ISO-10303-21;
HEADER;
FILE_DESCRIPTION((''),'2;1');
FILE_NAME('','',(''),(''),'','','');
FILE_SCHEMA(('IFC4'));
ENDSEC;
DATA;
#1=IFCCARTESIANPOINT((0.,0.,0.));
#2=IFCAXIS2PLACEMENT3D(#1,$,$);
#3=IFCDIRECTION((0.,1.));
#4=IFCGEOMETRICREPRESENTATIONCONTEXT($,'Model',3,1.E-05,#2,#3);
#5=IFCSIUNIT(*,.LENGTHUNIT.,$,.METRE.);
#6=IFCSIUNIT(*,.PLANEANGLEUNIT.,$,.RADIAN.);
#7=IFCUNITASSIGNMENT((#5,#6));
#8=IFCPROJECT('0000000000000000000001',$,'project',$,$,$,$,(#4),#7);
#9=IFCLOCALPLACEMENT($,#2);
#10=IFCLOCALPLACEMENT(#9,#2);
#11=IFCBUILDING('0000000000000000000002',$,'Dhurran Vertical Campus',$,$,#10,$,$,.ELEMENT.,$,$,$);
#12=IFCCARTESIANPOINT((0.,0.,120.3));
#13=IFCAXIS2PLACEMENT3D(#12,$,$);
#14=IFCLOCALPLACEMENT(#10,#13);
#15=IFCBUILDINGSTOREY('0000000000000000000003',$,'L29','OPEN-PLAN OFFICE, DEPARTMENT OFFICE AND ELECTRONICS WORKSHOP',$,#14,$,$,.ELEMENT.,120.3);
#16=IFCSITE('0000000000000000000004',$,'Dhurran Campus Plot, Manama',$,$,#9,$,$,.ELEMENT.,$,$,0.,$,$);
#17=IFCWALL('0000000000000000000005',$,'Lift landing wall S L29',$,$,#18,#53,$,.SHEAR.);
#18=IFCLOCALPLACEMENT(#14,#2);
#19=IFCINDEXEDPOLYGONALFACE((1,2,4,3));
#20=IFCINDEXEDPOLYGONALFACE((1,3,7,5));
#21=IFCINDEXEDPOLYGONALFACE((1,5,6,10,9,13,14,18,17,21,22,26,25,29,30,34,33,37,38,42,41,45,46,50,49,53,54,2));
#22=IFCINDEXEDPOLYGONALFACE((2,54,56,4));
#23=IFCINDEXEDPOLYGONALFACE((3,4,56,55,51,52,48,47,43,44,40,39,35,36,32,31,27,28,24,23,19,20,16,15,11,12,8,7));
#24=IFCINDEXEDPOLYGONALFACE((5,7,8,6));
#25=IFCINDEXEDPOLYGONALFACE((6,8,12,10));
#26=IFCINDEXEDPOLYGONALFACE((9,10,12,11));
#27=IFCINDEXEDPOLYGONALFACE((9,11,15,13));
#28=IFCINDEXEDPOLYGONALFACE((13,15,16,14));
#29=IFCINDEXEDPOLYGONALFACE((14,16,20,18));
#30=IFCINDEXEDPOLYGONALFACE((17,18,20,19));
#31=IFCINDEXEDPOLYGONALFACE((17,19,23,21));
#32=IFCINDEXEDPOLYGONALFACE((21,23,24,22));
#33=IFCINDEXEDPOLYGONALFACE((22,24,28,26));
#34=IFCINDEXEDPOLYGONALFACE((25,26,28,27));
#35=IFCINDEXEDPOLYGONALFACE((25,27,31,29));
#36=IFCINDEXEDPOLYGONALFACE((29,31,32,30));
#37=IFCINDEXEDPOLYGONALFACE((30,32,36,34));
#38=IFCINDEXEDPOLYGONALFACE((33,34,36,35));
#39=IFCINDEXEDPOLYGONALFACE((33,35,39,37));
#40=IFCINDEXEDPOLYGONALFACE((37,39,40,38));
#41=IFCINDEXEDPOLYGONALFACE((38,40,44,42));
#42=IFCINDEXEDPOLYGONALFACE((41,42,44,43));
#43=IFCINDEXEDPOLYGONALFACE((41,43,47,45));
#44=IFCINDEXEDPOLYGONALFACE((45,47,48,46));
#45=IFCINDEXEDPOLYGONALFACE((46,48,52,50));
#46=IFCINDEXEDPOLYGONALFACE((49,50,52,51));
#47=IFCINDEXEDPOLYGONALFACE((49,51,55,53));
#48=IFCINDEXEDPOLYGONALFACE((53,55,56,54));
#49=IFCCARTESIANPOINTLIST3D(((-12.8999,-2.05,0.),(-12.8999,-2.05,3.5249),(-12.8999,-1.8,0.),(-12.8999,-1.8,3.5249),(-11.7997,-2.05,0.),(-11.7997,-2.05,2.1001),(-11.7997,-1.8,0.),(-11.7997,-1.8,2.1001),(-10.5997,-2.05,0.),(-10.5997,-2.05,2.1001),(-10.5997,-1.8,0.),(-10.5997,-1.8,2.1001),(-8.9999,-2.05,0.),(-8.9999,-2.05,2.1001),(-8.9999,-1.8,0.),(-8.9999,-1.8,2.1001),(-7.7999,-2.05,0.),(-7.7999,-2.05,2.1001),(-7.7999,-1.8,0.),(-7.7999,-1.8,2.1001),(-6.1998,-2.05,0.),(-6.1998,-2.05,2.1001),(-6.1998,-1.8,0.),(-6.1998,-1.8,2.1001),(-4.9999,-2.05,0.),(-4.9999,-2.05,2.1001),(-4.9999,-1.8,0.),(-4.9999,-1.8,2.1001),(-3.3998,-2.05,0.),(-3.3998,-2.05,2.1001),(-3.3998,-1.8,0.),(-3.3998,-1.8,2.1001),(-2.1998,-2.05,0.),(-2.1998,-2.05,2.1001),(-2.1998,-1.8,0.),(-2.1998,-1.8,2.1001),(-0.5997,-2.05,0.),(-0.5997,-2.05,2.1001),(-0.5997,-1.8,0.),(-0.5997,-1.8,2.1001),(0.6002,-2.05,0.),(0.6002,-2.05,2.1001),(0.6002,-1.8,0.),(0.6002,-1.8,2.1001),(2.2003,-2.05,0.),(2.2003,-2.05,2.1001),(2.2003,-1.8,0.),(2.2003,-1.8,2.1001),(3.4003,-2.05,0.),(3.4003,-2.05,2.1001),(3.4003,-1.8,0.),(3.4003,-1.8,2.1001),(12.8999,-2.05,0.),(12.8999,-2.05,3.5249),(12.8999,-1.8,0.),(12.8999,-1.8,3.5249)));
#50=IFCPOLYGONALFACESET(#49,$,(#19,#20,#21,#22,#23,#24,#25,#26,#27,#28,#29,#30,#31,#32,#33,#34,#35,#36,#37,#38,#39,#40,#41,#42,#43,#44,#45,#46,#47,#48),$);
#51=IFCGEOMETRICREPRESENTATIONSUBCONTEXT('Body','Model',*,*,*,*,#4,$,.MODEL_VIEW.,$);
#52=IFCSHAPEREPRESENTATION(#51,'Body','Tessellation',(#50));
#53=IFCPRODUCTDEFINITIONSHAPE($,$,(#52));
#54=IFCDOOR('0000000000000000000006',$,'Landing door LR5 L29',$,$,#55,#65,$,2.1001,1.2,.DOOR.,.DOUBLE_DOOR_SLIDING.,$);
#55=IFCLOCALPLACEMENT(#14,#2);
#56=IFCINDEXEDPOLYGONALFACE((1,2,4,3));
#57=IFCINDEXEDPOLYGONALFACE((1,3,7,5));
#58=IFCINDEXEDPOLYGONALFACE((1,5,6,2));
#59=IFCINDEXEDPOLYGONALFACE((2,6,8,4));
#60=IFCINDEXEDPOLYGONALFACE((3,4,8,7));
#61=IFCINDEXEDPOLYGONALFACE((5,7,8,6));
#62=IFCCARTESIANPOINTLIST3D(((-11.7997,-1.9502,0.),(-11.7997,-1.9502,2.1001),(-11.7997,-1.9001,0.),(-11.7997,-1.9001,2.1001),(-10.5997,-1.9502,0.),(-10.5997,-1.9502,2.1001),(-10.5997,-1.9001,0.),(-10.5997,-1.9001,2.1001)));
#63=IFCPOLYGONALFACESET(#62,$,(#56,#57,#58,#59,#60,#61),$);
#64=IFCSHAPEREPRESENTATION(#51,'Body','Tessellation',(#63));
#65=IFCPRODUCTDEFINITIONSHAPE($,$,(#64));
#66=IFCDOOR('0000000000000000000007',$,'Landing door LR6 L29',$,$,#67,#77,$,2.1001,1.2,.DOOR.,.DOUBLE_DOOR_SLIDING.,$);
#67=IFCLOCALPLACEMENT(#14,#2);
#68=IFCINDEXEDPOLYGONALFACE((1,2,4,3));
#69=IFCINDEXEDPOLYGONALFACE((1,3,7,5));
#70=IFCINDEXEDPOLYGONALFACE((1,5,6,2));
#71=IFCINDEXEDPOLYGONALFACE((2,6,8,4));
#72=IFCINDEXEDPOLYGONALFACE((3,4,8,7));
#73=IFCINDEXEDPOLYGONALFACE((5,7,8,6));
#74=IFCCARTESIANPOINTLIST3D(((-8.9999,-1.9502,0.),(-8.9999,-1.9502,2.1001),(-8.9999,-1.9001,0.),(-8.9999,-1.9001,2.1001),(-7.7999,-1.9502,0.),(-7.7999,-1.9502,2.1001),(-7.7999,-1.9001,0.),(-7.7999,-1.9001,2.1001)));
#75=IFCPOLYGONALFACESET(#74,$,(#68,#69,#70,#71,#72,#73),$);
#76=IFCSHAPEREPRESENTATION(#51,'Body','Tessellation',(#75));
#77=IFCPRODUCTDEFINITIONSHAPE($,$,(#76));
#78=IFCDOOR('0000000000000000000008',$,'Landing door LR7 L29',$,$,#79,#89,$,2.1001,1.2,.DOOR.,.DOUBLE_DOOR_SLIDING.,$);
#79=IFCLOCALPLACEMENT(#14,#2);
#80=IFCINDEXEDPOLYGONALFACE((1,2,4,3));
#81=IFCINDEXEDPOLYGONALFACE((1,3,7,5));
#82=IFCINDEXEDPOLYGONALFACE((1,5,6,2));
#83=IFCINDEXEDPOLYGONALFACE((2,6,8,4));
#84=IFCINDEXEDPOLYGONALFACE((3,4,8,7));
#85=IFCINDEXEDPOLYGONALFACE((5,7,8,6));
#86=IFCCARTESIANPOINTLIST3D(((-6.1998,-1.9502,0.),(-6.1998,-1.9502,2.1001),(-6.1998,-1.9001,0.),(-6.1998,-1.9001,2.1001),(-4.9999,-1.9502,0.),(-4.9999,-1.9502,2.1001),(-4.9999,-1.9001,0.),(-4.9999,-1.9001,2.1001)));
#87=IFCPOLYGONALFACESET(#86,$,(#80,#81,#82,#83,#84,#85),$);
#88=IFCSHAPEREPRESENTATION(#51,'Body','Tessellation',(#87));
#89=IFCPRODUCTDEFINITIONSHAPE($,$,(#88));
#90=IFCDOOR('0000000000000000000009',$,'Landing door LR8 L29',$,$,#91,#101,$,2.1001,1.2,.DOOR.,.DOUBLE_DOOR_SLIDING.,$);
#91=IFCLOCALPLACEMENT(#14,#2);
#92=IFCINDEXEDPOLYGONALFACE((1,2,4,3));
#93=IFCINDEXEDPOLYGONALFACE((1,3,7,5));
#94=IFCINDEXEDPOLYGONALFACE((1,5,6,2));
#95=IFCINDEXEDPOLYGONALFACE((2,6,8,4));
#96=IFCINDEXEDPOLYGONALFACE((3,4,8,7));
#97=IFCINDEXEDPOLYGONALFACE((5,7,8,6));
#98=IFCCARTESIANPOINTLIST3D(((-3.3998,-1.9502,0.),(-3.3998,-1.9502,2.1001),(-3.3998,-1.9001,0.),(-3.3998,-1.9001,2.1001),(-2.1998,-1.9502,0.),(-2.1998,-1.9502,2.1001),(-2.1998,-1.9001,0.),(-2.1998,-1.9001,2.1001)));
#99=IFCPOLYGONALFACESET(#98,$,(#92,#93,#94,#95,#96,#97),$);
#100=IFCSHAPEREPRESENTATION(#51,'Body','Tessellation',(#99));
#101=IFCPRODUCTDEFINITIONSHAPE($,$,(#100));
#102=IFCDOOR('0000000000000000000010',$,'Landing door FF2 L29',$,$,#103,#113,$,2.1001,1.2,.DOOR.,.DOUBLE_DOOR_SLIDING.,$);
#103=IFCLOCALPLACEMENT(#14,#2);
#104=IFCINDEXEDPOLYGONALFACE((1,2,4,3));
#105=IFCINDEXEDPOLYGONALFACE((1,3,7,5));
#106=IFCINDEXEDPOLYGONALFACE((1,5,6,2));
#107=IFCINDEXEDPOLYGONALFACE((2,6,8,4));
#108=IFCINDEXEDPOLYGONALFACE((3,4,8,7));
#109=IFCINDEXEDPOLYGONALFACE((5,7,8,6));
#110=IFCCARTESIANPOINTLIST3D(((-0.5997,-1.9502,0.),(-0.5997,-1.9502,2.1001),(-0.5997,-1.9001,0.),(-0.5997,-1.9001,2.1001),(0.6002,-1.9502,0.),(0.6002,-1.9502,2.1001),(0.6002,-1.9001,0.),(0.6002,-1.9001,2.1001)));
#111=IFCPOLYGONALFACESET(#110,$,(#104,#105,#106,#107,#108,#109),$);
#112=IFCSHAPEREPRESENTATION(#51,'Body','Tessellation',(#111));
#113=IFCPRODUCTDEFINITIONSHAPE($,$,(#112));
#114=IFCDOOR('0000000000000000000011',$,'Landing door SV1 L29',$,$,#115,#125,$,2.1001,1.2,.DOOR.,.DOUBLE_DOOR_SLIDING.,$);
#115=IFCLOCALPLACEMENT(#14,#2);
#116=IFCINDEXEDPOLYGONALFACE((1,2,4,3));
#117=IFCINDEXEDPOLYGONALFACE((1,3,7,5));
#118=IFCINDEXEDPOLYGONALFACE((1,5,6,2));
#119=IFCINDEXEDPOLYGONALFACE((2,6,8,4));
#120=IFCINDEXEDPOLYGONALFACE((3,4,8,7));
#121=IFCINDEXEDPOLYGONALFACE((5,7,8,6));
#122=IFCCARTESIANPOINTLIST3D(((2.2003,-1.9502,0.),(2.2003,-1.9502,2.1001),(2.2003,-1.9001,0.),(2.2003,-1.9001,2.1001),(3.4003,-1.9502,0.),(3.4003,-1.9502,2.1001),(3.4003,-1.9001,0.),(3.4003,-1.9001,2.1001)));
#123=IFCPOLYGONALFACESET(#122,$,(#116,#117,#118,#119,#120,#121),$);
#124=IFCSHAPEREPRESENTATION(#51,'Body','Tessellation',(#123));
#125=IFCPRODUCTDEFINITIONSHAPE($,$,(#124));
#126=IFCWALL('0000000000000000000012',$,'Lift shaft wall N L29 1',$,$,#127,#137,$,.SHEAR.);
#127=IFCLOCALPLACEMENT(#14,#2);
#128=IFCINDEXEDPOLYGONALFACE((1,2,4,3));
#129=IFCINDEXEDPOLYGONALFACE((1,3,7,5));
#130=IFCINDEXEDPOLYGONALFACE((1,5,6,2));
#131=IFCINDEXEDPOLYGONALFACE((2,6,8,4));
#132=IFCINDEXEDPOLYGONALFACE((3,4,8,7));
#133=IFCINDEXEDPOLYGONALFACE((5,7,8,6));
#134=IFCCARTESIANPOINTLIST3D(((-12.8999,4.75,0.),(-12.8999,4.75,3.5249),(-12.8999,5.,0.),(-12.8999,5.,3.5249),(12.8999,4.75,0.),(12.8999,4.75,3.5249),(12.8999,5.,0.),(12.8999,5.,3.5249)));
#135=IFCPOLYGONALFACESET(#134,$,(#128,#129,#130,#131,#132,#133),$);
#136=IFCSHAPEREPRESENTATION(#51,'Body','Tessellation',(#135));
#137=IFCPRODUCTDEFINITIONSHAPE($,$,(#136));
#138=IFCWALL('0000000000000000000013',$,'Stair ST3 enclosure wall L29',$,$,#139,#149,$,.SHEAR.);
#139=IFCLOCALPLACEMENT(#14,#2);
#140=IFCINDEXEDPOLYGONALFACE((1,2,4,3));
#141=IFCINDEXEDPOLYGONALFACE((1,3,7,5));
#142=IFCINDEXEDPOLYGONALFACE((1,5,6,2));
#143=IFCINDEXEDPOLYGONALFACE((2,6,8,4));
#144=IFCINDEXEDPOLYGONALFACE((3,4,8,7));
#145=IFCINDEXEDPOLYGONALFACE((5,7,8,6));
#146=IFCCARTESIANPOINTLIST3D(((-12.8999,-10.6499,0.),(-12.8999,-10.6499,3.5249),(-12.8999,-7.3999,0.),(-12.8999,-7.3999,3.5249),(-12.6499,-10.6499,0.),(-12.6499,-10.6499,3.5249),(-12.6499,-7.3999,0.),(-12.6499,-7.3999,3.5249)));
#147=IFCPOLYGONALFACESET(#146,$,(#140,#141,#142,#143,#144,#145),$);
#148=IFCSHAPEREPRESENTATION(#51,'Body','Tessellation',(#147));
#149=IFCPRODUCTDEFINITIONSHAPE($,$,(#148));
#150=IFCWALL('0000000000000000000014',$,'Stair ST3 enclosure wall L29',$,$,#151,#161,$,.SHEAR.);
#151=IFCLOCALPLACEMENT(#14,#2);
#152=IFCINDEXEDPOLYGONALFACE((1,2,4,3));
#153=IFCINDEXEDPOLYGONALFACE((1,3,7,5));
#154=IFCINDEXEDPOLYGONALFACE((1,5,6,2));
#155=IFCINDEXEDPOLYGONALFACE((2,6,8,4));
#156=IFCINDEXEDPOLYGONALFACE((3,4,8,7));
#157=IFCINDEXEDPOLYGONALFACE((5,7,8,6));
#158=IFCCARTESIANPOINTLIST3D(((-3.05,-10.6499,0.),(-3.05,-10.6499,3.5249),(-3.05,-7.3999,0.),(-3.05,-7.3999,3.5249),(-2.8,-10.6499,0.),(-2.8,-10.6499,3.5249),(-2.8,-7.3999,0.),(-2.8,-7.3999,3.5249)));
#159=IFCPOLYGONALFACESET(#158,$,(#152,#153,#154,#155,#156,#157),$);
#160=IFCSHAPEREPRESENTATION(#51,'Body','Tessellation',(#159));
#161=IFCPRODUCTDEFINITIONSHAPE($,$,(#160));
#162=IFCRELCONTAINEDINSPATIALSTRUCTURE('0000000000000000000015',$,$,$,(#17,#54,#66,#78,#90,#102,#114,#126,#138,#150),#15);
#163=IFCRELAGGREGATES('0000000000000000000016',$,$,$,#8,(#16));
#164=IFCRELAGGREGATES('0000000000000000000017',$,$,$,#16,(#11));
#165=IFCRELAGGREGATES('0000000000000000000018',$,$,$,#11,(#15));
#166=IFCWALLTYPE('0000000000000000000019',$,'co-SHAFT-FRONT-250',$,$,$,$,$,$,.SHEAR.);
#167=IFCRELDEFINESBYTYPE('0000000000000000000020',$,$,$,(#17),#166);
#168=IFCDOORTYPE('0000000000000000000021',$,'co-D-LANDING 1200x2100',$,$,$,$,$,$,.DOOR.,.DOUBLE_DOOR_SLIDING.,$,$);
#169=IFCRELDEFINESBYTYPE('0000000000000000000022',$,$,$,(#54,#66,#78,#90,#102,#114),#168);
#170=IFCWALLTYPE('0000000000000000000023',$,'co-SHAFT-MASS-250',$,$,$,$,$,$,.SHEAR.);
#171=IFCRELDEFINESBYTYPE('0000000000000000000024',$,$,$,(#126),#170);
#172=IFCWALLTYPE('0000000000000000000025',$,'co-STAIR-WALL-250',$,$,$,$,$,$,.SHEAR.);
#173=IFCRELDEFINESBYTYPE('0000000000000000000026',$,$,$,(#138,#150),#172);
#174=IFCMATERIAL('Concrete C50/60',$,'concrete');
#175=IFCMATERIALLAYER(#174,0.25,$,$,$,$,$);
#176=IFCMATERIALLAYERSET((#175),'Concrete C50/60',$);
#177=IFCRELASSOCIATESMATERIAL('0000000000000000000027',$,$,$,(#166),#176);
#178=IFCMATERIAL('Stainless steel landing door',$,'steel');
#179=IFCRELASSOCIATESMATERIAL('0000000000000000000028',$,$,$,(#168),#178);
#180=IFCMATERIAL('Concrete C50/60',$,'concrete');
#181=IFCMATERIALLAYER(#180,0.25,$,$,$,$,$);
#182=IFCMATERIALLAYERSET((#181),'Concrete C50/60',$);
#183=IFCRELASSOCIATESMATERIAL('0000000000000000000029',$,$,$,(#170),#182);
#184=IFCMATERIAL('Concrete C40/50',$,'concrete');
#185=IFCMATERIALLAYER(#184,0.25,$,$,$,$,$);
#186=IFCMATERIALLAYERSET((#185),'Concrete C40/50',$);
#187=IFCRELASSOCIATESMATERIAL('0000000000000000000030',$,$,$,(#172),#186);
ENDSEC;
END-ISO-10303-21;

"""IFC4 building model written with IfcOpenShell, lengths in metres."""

from ifc_helpers import new_model, si_unit, direction, frame, frame_2d, origin, place, context, subcontext, project, spatial, polyline, rectangle, outline, extrude, material, layer, layer_set, type_object, element, fill, save


model = new_model("IFC4")

# Units and contexts
model_context = context("Model", 3, precision=1e-05, world=origin(), true_north=direction((0.0, 1.0)))
body_context = subcontext(model_context, "Body", "Model", "MODEL_VIEW")
ifc_project = project(units=[si_unit("LENGTHUNIT", "METRE"), si_unit("PLANEANGLEUNIT", "RADIAN")], contexts=[model_context])

# Site, building, storey
site_placement = place(None, origin())
site = spatial("IfcSite", under=ifc_project, at=site_placement, Name="Dhurran Campus Plot, Manama", CompositionType="ELEMENT", RefElevation=0.0)
building_placement = place(site_placement, origin())
building = spatial("IfcBuilding", under=site, at=building_placement, Name="Dhurran Vertical Campus", CompositionType="ELEMENT")
storey_placement = place(building_placement, frame((0.0, 0.0, 120.3)))
storey = spatial("IfcBuildingStorey", under=building, at=storey_placement, Name="L29", Description="OPEN-PLAN OFFICE, DEPARTMENT OFFICE AND ELECTRONICS WORKSHOP", CompositionType="ELEMENT", Elevation=120.3)

# Wall, openings, doors
ifc_material_1 = material(Name="Concrete C50/60", Category="concrete")
ifc_layer_1 = layer(ifc_material_1, 0.25)
ifc_layer_set_1 = layer_set([ifc_layer_1], Name="Concrete C50/60")
wall_type_1 = type_object("IfcWallType", Name="co-SHAFT-FRONT-250", PredefinedType="SHEAR", material=ifc_layer_set_1)
wall_1_placement = place(storey_placement, frame((-12.8999, -1.925, 0.0), z_axis=(0.0, 0.0, 1.0), x_axis=(1.0, 0.0, 0.0)))
wall_1 = element("IfcWall", 1, at=wall_1_placement, inside=storey, type_object=wall_type_1, Name="Lift landing wall S L29", PredefinedType="SHEAR", context=body_context, shape_type="SweptSolid", body=[
    extrude(rectangle(XDim=25.7998, YDim=0.25, at=frame_2d((12.8999, 0.0))), origin(), (0.0, 0.0, 1.0), 3.5249),
])
opening_1_placement = place(wall_1_placement, frame((1.1001, 0.0, 0.0)))
opening_1 = element("IfcOpeningElement", 2, at=opening_1_placement, cuts=wall_1, PredefinedType="OPENING", context=body_context, shape_type="SweptSolid", body=[
    extrude(rectangle(XDim=1.2, YDim=2.1001, at=frame_2d((0.6001, 1.05))), frame((0.0, 0.135, 0.0), z_axis=(0.0, -1.0, 0.0), x_axis=(1.0, 0.0, 0.0)), (0.0, 0.0, 1.0), 0.27),
])
opening_2_placement = place(wall_1_placement, frame((3.8999, 0.0, 0.0)))
opening_2 = element("IfcOpeningElement", 3, at=opening_2_placement, cuts=wall_1, PredefinedType="OPENING", context=body_context, shape_type="SweptSolid", body=[
    extrude(rectangle(XDim=1.2, YDim=2.1001, at=frame_2d((0.6001, 1.05))), frame((0.0, 0.135, 0.0), z_axis=(0.0, -1.0, 0.0), x_axis=(1.0, 0.0, 0.0)), (0.0, 0.0, 1.0), 0.27),
])
opening_3_placement = place(wall_1_placement, frame((6.7, 0.0, 0.0)))
opening_3 = element("IfcOpeningElement", 4, at=opening_3_placement, cuts=wall_1, PredefinedType="OPENING", context=body_context, shape_type="SweptSolid", body=[
    extrude(rectangle(XDim=1.2, YDim=2.1001, at=frame_2d((0.6001, 1.05))), frame((0.0, 0.135, 0.0), z_axis=(0.0, -1.0, 0.0), x_axis=(1.0, 0.0, 0.0)), (0.0, 0.0, 1.0), 0.27),
])
opening_4_placement = place(wall_1_placement, frame((9.5, 0.0, 0.0)))
opening_4 = element("IfcOpeningElement", 5, at=opening_4_placement, cuts=wall_1, PredefinedType="OPENING", context=body_context, shape_type="SweptSolid", body=[
    extrude(rectangle(XDim=1.2, YDim=2.1001, at=frame_2d((0.6001, 1.05))), frame((0.0, 0.135, 0.0), z_axis=(0.0, -1.0, 0.0), x_axis=(1.0, 0.0, 0.0)), (0.0, 0.0, 1.0), 0.27),
])
opening_5_placement = place(wall_1_placement, frame((12.3, 0.0, 0.0)))
opening_5 = element("IfcOpeningElement", 6, at=opening_5_placement, cuts=wall_1, PredefinedType="OPENING", context=body_context, shape_type="SweptSolid", body=[
    extrude(rectangle(XDim=1.2, YDim=2.1001, at=frame_2d((0.6001, 1.05))), frame((0.0, 0.135, 0.0), z_axis=(0.0, -1.0, 0.0), x_axis=(1.0, 0.0, 0.0)), (0.0, 0.0, 1.0), 0.27),
])
opening_6_placement = place(wall_1_placement, frame((15.1001, 0.0, 0.0)))
opening_6 = element("IfcOpeningElement", 7, at=opening_6_placement, cuts=wall_1, PredefinedType="OPENING", context=body_context, shape_type="SweptSolid", body=[
    extrude(rectangle(XDim=1.2, YDim=2.1001, at=frame_2d((0.6001, 1.05))), frame((0.0, 0.135, 0.0), z_axis=(0.0, -1.0, 0.0), x_axis=(1.0, 0.0, 0.0)), (0.0, 0.0, 1.0), 0.27),
])
ifc_material_2 = material(Name="Stainless steel landing door", Category="steel")
door_type_1 = type_object("IfcDoorType", Name="co-D-LANDING 1200x2100", OperationType="DOUBLE_DOOR_SLIDING", PredefinedType="DOOR", material=ifc_material_2)
door_1_placement = place(opening_1_placement, origin())
door_1 = element("IfcDoor", 8, at=door_1_placement, inside=storey, type_object=door_type_1, Name="Landing door LR5 L29", OperationType="DOUBLE_DOOR_SLIDING", OverallHeight=2.1001, OverallWidth=1.2, PredefinedType="DOOR", context=body_context, shape_type="SweptSolid", body=[
    extrude(rectangle(XDim=1.2, YDim=2.1001, at=frame_2d((0.6001, 1.05))), frame((0.0, 0.0249, 0.0), z_axis=(0.0, -1.0, 0.0), x_axis=(1.0, 0.0, 0.0)), (0.0, 0.0, 1.0), 0.05),
])
fill(opening_1, door_1)
door_2_placement = place(opening_2_placement, origin())
door_2 = element("IfcDoor", 9, at=door_2_placement, inside=storey, type_object=door_type_1, Name="Landing door LR6 L29", OperationType="DOUBLE_DOOR_SLIDING", OverallHeight=2.1001, OverallWidth=1.2, PredefinedType="DOOR", context=body_context, shape_type="SweptSolid", body=[
    extrude(rectangle(XDim=1.2, YDim=2.1001, at=frame_2d((0.6001, 1.05))), frame((0.0, 0.0249, 0.0), z_axis=(0.0, -1.0, 0.0), x_axis=(1.0, 0.0, 0.0)), (0.0, 0.0, 1.0), 0.05),
])
fill(opening_2, door_2)
door_3_placement = place(opening_3_placement, origin())
door_3 = element("IfcDoor", 10, at=door_3_placement, inside=storey, type_object=door_type_1, Name="Landing door LR7 L29", OperationType="DOUBLE_DOOR_SLIDING", OverallHeight=2.1001, OverallWidth=1.2, PredefinedType="DOOR", context=body_context, shape_type="SweptSolid", body=[
    extrude(rectangle(XDim=1.2, YDim=2.1001, at=frame_2d((0.6001, 1.05))), frame((0.0, 0.0249, 0.0), z_axis=(0.0, -1.0, 0.0), x_axis=(1.0, 0.0, 0.0)), (0.0, 0.0, 1.0), 0.05),
])
fill(opening_3, door_3)
door_4_placement = place(opening_4_placement, origin())
door_4 = element("IfcDoor", 11, at=door_4_placement, inside=storey, type_object=door_type_1, Name="Landing door LR8 L29", OperationType="DOUBLE_DOOR_SLIDING", OverallHeight=2.1001, OverallWidth=1.2, PredefinedType="DOOR", context=body_context, shape_type="SweptSolid", body=[
    extrude(rectangle(XDim=1.2, YDim=2.1001, at=frame_2d((0.6001, 1.05))), frame((0.0, 0.0249, 0.0), z_axis=(0.0, -1.0, 0.0), x_axis=(1.0, 0.0, 0.0)), (0.0, 0.0, 1.0), 0.05),
])
fill(opening_4, door_4)
door_5_placement = place(opening_5_placement, origin())
door_5 = element("IfcDoor", 12, at=door_5_placement, inside=storey, type_object=door_type_1, Name="Landing door FF2 L29", OperationType="DOUBLE_DOOR_SLIDING", OverallHeight=2.1001, OverallWidth=1.2, PredefinedType="DOOR", context=body_context, shape_type="SweptSolid", body=[
    extrude(rectangle(XDim=1.2, YDim=2.1001, at=frame_2d((0.6001, 1.05))), frame((0.0, 0.0249, 0.0), z_axis=(0.0, -1.0, 0.0), x_axis=(1.0, 0.0, 0.0)), (0.0, 0.0, 1.0), 0.05),
])
fill(opening_5, door_5)
door_6_placement = place(opening_6_placement, origin())
door_6 = element("IfcDoor", 13, at=door_6_placement, inside=storey, type_object=door_type_1, Name="Landing door SV1 L29", OperationType="DOUBLE_DOOR_SLIDING", OverallHeight=2.1001, OverallWidth=1.2, PredefinedType="DOOR", context=body_context, shape_type="SweptSolid", body=[
    extrude(rectangle(XDim=1.2, YDim=2.1001, at=frame_2d((0.6001, 1.05))), frame((0.0, 0.0249, 0.0), z_axis=(0.0, -1.0, 0.0), x_axis=(1.0, 0.0, 0.0)), (0.0, 0.0, 1.0), 0.05),
])
fill(opening_6, door_6)

# Walls
ifc_material_3 = material(Name="Concrete C50/60", Category="concrete")
ifc_layer_2 = layer(ifc_material_3, 0.25)
ifc_layer_set_2 = layer_set([ifc_layer_2], Name="Concrete C50/60")
wall_type_2 = type_object("IfcWallType", Name="co-SHAFT-MASS-250", PredefinedType="SHEAR", material=ifc_layer_set_2)
wall_2_placement = place(storey_placement, origin())
element("IfcWall", 14, at=wall_2_placement, inside=storey, type_object=wall_type_2, Name="Lift shaft wall N L29 1", PredefinedType="SHEAR", context=body_context, shape_type="SweptSolid", body=[
    extrude(outline(polyline([(-12.8999, 4.75), (12.8999, 4.75), (12.8999, 5.0), (-12.8999, 5.0), (-12.8999, 4.75)])), origin(), (0.0, 0.0, 1.0), 3.5249),
])
ifc_material_4 = material(Name="Concrete C40/50", Category="concrete")
ifc_layer_3 = layer(ifc_material_4, 0.25)
ifc_layer_set_3 = layer_set([ifc_layer_3], Name="Concrete C40/50")
wall_type_3 = type_object("IfcWallType", Name="co-STAIR-WALL-250", PredefinedType="SHEAR", material=ifc_layer_set_3)
for number, where, z_axis, x_axis, name in (
    (15, (-12.7749, -10.6499, 0.0), (0.0, 0.0, 1.0), (0.0, 1.0, 0.0), "Stair ST3 enclosure wall L29"),
    (16, (-2.925, -10.6499, 0.0), (0.0, 0.0, 1.0), (0.0, 1.0, 0.0), "Stair ST3 enclosure wall L29"),
):
    element("IfcWall", number, at=place(storey_placement, frame(where, z_axis=z_axis, x_axis=x_axis)), inside=storey, type_object=wall_type_3, Name=name, PredefinedType="SHEAR", context=body_context, shape_type="SweptSolid", body=[
        extrude(rectangle(XDim=3.25, YDim=0.25, at=frame_2d((1.625, 0.0))), origin(), (0.0, 0.0, 1.0), 3.5249),
    ])

save(model, "model.ifc")
